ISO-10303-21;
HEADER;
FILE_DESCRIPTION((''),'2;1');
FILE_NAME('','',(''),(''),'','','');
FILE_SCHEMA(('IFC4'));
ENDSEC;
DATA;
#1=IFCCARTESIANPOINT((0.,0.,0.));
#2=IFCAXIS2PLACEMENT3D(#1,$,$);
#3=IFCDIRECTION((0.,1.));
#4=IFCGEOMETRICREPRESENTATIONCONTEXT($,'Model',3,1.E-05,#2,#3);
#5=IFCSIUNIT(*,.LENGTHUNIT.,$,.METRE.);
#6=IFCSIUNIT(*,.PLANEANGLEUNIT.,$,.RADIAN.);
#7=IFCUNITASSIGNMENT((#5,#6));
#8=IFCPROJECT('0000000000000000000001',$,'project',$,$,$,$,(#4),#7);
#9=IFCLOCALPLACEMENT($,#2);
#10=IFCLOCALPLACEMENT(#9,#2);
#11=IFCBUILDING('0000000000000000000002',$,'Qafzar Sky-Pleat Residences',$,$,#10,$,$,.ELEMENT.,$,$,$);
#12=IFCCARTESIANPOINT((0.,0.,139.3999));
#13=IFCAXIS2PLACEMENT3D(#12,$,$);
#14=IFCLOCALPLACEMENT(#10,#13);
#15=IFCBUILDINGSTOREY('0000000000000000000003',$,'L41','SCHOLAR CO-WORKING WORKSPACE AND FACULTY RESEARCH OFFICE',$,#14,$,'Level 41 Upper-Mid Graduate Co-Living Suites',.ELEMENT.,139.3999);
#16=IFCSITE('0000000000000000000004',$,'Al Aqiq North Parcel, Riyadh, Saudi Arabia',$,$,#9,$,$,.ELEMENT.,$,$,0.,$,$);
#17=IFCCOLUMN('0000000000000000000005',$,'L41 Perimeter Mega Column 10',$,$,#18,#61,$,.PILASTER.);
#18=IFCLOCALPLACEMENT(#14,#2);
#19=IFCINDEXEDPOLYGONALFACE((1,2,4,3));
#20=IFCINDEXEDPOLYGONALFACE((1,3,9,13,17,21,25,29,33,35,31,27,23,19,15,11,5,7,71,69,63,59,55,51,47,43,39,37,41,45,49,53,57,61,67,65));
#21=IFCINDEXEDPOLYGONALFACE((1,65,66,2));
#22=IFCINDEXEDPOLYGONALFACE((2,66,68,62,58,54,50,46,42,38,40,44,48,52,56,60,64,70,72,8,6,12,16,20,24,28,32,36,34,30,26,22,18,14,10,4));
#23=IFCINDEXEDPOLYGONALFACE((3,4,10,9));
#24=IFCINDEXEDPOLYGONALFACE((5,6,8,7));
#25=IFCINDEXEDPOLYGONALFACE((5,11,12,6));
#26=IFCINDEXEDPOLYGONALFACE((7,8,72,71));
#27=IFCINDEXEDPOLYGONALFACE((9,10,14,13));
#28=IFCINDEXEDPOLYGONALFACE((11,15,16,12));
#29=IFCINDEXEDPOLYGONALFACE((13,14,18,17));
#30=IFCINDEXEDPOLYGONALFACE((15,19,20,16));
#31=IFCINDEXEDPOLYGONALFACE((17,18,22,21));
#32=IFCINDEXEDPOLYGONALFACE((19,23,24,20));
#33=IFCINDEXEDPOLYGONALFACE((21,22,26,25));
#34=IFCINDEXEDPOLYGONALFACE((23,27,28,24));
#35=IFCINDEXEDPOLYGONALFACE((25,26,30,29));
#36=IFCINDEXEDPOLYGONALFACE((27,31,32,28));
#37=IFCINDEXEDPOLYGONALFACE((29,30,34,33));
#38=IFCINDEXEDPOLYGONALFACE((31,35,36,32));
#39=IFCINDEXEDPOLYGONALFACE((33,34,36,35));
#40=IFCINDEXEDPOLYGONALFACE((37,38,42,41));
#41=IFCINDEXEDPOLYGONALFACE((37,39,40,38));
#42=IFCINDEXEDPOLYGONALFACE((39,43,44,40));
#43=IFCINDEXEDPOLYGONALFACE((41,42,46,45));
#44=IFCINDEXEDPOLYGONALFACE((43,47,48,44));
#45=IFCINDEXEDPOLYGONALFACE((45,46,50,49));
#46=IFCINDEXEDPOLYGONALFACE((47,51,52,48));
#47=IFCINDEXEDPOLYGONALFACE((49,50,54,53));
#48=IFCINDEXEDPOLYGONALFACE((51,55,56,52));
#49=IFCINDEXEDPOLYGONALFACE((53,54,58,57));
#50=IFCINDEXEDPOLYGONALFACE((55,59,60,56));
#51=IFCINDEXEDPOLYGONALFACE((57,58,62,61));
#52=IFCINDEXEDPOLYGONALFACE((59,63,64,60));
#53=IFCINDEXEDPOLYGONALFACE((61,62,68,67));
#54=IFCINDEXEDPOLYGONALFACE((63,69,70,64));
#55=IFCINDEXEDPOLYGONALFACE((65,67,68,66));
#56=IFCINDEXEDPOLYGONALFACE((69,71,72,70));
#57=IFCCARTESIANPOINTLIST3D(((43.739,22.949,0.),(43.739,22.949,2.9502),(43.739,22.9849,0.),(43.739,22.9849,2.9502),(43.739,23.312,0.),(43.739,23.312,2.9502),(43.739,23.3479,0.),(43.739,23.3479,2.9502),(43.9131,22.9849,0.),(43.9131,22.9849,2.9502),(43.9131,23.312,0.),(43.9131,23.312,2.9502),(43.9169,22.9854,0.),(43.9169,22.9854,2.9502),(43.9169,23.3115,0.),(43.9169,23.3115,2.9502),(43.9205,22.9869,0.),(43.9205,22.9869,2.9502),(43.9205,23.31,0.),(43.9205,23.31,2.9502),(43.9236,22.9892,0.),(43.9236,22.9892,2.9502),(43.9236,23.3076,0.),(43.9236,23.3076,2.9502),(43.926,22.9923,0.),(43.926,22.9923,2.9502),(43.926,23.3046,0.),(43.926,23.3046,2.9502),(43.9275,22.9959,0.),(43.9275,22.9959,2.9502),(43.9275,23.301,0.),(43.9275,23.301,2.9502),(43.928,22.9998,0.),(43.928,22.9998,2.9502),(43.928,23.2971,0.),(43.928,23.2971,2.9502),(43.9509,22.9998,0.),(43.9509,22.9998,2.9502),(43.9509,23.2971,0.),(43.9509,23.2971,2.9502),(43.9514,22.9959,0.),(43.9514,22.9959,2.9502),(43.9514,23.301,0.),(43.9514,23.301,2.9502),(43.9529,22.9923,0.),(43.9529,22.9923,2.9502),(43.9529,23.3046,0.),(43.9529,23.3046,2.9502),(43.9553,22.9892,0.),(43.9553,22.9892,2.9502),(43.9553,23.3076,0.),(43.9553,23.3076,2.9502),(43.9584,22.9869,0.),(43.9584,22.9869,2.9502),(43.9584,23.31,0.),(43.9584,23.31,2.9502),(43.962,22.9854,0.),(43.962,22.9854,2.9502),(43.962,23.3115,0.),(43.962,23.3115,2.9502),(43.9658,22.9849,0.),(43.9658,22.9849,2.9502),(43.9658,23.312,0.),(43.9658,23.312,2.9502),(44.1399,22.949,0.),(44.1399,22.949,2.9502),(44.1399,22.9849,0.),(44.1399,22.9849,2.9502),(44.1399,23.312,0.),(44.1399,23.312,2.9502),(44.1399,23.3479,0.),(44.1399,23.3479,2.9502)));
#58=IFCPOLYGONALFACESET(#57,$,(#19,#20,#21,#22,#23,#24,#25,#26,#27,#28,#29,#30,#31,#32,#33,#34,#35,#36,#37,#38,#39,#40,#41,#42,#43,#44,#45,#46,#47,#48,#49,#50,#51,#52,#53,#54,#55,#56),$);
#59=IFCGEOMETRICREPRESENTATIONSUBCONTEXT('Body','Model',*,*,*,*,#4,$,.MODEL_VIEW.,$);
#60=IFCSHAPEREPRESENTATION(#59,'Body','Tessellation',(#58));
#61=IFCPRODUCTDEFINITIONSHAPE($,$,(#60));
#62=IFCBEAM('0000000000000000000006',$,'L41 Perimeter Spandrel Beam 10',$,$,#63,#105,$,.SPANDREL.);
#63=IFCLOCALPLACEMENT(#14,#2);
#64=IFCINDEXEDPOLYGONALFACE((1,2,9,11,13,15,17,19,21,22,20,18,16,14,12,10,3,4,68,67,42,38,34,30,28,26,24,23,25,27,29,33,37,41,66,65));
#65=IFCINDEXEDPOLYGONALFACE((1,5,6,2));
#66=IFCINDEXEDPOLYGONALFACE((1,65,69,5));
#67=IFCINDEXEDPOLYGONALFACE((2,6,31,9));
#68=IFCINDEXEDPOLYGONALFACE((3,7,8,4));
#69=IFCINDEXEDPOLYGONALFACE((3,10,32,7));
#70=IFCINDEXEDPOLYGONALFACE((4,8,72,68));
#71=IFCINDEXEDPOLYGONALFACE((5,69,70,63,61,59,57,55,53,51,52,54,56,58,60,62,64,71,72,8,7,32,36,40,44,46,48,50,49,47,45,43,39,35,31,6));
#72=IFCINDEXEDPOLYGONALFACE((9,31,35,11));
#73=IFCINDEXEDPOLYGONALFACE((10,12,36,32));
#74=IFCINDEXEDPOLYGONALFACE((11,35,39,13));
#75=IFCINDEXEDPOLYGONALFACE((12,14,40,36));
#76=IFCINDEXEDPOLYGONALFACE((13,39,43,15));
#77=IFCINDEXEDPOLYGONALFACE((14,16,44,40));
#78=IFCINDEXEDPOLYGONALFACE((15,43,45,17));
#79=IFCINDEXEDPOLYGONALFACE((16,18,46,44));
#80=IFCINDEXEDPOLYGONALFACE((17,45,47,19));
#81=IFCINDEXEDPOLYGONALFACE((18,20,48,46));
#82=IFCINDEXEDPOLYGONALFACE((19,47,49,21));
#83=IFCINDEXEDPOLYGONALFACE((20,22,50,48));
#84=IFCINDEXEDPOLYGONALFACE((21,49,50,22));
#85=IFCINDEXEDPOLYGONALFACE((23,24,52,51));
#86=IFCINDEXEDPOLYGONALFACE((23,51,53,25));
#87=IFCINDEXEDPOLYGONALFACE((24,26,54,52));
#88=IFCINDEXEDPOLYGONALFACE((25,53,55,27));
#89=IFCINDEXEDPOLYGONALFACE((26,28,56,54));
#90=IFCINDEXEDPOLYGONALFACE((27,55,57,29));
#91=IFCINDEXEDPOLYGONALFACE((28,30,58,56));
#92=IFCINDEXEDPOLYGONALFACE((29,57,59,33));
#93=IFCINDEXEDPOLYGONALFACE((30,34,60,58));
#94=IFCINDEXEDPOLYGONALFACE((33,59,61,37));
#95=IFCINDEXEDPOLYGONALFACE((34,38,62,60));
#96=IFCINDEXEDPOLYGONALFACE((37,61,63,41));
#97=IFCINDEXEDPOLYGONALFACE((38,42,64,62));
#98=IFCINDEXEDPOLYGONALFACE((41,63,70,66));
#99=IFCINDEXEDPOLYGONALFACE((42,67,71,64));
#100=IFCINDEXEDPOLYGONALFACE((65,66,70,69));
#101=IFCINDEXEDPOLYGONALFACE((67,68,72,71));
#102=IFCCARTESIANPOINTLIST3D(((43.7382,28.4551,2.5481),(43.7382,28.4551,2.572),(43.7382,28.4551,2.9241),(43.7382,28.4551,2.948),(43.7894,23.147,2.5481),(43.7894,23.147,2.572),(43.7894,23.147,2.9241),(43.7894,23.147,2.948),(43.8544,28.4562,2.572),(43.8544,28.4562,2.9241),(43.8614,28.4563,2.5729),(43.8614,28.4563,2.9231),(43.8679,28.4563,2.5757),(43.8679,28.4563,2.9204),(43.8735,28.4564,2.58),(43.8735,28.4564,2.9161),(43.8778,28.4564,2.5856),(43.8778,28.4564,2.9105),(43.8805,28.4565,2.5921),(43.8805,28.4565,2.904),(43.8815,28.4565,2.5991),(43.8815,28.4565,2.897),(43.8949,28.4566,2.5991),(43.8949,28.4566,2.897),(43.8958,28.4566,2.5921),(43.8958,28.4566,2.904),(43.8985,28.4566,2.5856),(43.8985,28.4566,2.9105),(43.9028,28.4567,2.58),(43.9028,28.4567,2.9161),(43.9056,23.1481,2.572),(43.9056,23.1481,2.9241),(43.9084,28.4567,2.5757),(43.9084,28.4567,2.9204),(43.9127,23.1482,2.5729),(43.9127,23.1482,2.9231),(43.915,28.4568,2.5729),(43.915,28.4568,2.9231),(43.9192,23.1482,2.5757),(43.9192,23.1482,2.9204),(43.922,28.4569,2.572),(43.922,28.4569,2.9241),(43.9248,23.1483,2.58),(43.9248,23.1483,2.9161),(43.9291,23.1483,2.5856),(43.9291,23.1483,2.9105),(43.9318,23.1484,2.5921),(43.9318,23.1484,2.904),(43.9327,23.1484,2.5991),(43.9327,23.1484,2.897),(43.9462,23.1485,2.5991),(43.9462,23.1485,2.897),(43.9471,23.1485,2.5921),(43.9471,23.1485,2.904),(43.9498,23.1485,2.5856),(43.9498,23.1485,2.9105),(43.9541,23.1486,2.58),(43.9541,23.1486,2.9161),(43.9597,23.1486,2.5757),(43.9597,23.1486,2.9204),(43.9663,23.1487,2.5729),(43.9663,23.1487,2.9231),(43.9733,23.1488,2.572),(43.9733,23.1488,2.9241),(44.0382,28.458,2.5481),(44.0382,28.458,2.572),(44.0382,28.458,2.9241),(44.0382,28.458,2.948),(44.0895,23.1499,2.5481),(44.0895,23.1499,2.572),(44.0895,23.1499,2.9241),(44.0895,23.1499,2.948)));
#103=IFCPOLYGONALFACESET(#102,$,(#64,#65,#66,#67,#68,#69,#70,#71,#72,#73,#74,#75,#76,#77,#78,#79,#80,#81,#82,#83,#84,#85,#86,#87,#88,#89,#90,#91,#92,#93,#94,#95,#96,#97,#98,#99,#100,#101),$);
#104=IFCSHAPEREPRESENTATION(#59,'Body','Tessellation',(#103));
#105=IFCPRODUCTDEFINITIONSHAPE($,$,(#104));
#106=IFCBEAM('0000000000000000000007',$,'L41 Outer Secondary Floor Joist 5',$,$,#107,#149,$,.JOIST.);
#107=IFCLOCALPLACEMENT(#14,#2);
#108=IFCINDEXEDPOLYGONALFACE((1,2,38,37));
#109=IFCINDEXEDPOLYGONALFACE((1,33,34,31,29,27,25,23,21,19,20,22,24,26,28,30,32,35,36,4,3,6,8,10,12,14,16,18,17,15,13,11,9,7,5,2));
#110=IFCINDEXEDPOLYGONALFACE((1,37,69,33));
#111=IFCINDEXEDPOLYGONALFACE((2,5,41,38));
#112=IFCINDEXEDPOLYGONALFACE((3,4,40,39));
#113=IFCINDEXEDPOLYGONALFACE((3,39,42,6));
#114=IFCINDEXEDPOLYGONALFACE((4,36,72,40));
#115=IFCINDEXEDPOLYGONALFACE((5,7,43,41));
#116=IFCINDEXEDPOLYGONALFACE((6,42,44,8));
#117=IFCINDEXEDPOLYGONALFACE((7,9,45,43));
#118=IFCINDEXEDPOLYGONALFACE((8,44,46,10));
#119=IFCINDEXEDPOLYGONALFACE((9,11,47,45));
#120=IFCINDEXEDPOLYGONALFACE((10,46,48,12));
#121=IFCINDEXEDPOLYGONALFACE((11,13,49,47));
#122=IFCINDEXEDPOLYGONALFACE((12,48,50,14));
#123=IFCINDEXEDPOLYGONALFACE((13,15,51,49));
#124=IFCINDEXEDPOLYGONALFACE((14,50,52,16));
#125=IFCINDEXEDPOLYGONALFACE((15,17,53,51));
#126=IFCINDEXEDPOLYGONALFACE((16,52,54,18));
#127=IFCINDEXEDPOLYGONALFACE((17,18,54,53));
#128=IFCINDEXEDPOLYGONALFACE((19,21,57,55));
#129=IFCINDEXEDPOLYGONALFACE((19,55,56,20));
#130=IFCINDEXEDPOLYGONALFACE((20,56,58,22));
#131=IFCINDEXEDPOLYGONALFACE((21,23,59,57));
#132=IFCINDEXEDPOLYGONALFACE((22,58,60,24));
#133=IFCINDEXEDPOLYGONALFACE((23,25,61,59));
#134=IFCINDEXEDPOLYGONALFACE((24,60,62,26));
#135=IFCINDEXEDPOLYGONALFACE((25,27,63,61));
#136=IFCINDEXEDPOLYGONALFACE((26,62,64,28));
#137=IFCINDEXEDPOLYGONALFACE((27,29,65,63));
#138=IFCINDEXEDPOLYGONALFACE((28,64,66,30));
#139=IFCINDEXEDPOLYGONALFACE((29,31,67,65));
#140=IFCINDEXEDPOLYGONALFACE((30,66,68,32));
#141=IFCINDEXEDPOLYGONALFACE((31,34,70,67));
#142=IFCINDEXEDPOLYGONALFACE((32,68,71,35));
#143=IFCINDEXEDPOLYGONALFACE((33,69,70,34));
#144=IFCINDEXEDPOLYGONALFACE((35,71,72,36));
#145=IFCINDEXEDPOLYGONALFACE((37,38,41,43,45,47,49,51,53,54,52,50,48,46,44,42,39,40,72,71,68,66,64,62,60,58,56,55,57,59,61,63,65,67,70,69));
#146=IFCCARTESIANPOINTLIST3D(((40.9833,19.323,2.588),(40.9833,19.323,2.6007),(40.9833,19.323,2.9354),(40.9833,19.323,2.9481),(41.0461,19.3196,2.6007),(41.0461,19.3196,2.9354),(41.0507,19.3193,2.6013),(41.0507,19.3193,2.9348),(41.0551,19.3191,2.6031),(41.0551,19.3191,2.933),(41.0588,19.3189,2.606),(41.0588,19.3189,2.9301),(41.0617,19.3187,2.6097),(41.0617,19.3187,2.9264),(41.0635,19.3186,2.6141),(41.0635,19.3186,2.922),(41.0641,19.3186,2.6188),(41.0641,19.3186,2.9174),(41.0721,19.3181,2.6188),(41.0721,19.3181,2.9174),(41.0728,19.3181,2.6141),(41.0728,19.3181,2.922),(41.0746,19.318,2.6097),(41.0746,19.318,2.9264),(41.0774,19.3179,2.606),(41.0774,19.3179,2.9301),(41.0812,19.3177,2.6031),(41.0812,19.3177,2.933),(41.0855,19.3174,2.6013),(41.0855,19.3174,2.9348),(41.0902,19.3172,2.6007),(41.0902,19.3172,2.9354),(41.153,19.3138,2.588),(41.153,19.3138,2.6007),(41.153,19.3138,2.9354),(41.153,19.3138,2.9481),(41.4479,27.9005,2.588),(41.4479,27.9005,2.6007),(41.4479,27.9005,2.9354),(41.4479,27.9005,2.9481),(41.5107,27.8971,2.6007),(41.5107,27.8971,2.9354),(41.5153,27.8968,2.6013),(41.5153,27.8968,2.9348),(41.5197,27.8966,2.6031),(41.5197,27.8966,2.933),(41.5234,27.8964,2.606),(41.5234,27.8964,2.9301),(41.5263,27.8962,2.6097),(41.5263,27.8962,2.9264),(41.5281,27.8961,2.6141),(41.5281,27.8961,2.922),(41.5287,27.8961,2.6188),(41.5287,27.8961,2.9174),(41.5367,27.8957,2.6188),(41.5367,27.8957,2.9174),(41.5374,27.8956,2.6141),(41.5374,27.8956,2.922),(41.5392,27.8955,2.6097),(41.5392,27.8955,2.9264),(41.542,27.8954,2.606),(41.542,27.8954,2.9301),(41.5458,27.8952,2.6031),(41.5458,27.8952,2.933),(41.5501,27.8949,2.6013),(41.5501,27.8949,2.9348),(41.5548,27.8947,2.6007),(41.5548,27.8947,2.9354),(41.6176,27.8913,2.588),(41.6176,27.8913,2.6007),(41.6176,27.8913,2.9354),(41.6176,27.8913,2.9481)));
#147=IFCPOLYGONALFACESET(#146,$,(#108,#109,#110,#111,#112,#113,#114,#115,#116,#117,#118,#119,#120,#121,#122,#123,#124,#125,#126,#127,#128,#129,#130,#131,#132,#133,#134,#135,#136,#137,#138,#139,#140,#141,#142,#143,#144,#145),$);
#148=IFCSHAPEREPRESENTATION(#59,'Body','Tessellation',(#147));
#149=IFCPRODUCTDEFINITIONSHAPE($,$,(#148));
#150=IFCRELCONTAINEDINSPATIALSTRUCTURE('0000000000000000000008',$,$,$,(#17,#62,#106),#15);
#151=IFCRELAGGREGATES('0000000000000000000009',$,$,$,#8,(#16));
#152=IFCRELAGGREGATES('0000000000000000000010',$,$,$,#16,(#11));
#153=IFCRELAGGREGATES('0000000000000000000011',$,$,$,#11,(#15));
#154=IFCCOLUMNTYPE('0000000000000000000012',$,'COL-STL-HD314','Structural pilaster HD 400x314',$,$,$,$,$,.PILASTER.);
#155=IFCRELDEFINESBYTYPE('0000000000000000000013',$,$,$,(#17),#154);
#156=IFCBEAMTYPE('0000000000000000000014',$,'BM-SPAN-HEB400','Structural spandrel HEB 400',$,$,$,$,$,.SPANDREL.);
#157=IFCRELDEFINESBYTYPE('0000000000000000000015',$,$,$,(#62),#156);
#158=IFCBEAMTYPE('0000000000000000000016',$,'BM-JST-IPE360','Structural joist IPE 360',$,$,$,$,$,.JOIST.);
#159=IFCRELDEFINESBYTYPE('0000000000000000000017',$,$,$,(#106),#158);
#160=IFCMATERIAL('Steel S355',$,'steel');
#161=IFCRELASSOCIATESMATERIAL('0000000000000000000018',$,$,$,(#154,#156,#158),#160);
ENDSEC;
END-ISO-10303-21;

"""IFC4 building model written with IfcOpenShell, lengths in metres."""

from ifc_helpers import new_model, si_unit, direction, frame, origin, origin_2d, place, context, subcontext, project, spatial, i_section, extrude, source, transform, mapped, material, material_profile, profile_set, type_object, element, save


model = new_model("IFC4")

# Units and contexts
model_context = context("Model", 3, precision=1e-05, world=origin(), true_north=direction((0.0, 1.0)))
body_context = subcontext(model_context, "Body", "Model", "MODEL_VIEW")
ifc_project = project(units=[si_unit("LENGTHUNIT", "METRE"), si_unit("PLANEANGLEUNIT", "RADIAN")], contexts=[model_context])

# Site, building, storey
site_placement = place(None, origin())
site = spatial("IfcSite", under=ifc_project, at=site_placement, Name="Al Aqiq North Parcel, Riyadh, Saudi Arabia", CompositionType="ELEMENT", RefElevation=0.0)
building_placement = place(site_placement, origin())
building = spatial("IfcBuilding", under=site, at=building_placement, Name="Qafzar Sky-Pleat Residences", CompositionType="ELEMENT")
storey_placement = place(building_placement, frame((0.0, 0.0, 139.3999)))
storey = spatial("IfcBuildingStorey", under=building, at=storey_placement, Name="L41", Description="SCHOLAR CO-WORKING WORKSPACE AND FACULTY RESEARCH OFFICE", LongName="Level 41 Upper-Mid Graduate Co-Living Suites", CompositionType="ELEMENT", Elevation=139.3999)

# Column
ifc_material_1 = material(Name="Steel S355", Category="steel")
ifc_material_profile_1 = material_profile(ifc_material_1, i_section(OverallWidth=0.4009, OverallDepth=0.3989, WebThickness=0.0229, FlangeThickness=0.0359, FilletRadius=0.0149, at=origin_2d()), Name="HD 400x314")
ifc_profile_set_1 = profile_set([ifc_material_profile_1], Name="Steel S355")
column_type = type_object("IfcColumnType", Name="COL-STL-HD314", Description="Structural pilaster HD 400x314", PredefinedType="PILASTER", material=ifc_profile_set_1)
shared_shape_1 = source(origin(), body_context, "Body", "SweptSolid", [
    extrude(i_section(OverallWidth=0.4009, OverallDepth=0.3989, WebThickness=0.0229, FlangeThickness=0.0359, FilletRadius=0.0149, at=origin_2d()), origin(), (0.0, 0.0, 1.0), 2.9502),
])
column_placement = place(storey_placement, frame((43.9395, 23.1484, 0.0), z_axis=(0.0, 0.0, 1.0), x_axis=(1.0, 0.0, 0.0)))
element("IfcColumn", 1, at=column_placement, inside=storey, type_object=column_type, Name="L41 Perimeter Mega Column 10", PredefinedType="PILASTER", context=body_context, shape_type="MappedRepresentation", body=[
    mapped(shared_shape_1, transform((0.0, 0.0, 0.0), x_axis=(1.0, 0.0, 0.0), y_axis=(0.0, 1.0, 0.0), z_axis=(0.0, 0.0, 1.0), scale=1.0)),
])

# Beams
ifc_material_profile_2 = material_profile(ifc_material_1, i_section(OverallWidth=0.3, OverallDepth=0.3999, WebThickness=0.0134, FlangeThickness=0.0239, FilletRadius=0.0271, at=origin_2d()), Name="HEB 400")
ifc_profile_set_2 = profile_set([ifc_material_profile_2], Name="Steel S355")
beam_type_1 = type_object("IfcBeamType", Name="BM-SPAN-HEB400", Description="Structural spandrel HEB 400", PredefinedType="SPANDREL", material=ifc_profile_set_2)
shared_shape_2 = source(origin(), body_context, "Body", "SweptSolid", [
    extrude(i_section(OverallWidth=0.3, OverallDepth=0.3999, WebThickness=0.0134, FlangeThickness=0.0239, FilletRadius=0.0271, at=origin_2d()), origin(), (0.0, 0.0, 1.0), 5.3083),
])
beam_1_placement = place(storey_placement, frame((43.9395, 23.1484, 2.748), z_axis=(-0.009658, 0.999953, 0.0), x_axis=(-0.999953, -0.009658, 0.0)))
element("IfcBeam", 2, at=beam_1_placement, inside=storey, type_object=beam_type_1, Name="L41 Perimeter Spandrel Beam 10", PredefinedType="SPANDREL", context=body_context, shape_type="MappedRepresentation", body=[
    mapped(shared_shape_2, transform((0.0, 0.0, 0.0), x_axis=(1.0, 0.0, 0.0), y_axis=(0.0, 1.0, 0.0), z_axis=(0.0, 0.0, 1.0), scale=1.0)),
])
ifc_material_profile_3 = material_profile(ifc_material_1, i_section(OverallWidth=0.1699, OverallDepth=0.3601, WebThickness=0.0081, FlangeThickness=0.0127, FilletRadius=0.0181, at=origin_2d()), Name="IPE 360")
ifc_profile_set_3 = profile_set([ifc_material_profile_3], Name="Steel S355")
beam_type_2 = type_object("IfcBeamType", Name="BM-JST-IPE360", Description="Structural joist IPE 360", PredefinedType="JOIST", material=ifc_profile_set_3)
shared_shape_3 = source(origin(), body_context, "Body", "SweptSolid", [
    extrude(i_section(OverallWidth=0.1699, OverallDepth=0.3601, WebThickness=0.0081, FlangeThickness=0.0127, FilletRadius=0.0181, at=origin_2d()), origin(), (0.0, 0.0, 1.0), 8.5901),
])
beam_2_placement = place(storey_placement, frame((41.0681, 19.3184, 2.7681), z_axis=(0.054086, 0.998536, 0.0), x_axis=(-0.998536, 0.054086, 0.0)))
element("IfcBeam", 3, at=beam_2_placement, inside=storey, type_object=beam_type_2, Name="L41 Outer Secondary Floor Joist 5", PredefinedType="JOIST", context=body_context, shape_type="MappedRepresentation", body=[
    mapped(shared_shape_3, transform((0.0, 0.0, 0.0), x_axis=(1.0, 0.0, 0.0), y_axis=(0.0, 1.0, 0.0), z_axis=(0.0, 0.0, 1.0), scale=1.0)),
])

save(model, "model.ifc")
